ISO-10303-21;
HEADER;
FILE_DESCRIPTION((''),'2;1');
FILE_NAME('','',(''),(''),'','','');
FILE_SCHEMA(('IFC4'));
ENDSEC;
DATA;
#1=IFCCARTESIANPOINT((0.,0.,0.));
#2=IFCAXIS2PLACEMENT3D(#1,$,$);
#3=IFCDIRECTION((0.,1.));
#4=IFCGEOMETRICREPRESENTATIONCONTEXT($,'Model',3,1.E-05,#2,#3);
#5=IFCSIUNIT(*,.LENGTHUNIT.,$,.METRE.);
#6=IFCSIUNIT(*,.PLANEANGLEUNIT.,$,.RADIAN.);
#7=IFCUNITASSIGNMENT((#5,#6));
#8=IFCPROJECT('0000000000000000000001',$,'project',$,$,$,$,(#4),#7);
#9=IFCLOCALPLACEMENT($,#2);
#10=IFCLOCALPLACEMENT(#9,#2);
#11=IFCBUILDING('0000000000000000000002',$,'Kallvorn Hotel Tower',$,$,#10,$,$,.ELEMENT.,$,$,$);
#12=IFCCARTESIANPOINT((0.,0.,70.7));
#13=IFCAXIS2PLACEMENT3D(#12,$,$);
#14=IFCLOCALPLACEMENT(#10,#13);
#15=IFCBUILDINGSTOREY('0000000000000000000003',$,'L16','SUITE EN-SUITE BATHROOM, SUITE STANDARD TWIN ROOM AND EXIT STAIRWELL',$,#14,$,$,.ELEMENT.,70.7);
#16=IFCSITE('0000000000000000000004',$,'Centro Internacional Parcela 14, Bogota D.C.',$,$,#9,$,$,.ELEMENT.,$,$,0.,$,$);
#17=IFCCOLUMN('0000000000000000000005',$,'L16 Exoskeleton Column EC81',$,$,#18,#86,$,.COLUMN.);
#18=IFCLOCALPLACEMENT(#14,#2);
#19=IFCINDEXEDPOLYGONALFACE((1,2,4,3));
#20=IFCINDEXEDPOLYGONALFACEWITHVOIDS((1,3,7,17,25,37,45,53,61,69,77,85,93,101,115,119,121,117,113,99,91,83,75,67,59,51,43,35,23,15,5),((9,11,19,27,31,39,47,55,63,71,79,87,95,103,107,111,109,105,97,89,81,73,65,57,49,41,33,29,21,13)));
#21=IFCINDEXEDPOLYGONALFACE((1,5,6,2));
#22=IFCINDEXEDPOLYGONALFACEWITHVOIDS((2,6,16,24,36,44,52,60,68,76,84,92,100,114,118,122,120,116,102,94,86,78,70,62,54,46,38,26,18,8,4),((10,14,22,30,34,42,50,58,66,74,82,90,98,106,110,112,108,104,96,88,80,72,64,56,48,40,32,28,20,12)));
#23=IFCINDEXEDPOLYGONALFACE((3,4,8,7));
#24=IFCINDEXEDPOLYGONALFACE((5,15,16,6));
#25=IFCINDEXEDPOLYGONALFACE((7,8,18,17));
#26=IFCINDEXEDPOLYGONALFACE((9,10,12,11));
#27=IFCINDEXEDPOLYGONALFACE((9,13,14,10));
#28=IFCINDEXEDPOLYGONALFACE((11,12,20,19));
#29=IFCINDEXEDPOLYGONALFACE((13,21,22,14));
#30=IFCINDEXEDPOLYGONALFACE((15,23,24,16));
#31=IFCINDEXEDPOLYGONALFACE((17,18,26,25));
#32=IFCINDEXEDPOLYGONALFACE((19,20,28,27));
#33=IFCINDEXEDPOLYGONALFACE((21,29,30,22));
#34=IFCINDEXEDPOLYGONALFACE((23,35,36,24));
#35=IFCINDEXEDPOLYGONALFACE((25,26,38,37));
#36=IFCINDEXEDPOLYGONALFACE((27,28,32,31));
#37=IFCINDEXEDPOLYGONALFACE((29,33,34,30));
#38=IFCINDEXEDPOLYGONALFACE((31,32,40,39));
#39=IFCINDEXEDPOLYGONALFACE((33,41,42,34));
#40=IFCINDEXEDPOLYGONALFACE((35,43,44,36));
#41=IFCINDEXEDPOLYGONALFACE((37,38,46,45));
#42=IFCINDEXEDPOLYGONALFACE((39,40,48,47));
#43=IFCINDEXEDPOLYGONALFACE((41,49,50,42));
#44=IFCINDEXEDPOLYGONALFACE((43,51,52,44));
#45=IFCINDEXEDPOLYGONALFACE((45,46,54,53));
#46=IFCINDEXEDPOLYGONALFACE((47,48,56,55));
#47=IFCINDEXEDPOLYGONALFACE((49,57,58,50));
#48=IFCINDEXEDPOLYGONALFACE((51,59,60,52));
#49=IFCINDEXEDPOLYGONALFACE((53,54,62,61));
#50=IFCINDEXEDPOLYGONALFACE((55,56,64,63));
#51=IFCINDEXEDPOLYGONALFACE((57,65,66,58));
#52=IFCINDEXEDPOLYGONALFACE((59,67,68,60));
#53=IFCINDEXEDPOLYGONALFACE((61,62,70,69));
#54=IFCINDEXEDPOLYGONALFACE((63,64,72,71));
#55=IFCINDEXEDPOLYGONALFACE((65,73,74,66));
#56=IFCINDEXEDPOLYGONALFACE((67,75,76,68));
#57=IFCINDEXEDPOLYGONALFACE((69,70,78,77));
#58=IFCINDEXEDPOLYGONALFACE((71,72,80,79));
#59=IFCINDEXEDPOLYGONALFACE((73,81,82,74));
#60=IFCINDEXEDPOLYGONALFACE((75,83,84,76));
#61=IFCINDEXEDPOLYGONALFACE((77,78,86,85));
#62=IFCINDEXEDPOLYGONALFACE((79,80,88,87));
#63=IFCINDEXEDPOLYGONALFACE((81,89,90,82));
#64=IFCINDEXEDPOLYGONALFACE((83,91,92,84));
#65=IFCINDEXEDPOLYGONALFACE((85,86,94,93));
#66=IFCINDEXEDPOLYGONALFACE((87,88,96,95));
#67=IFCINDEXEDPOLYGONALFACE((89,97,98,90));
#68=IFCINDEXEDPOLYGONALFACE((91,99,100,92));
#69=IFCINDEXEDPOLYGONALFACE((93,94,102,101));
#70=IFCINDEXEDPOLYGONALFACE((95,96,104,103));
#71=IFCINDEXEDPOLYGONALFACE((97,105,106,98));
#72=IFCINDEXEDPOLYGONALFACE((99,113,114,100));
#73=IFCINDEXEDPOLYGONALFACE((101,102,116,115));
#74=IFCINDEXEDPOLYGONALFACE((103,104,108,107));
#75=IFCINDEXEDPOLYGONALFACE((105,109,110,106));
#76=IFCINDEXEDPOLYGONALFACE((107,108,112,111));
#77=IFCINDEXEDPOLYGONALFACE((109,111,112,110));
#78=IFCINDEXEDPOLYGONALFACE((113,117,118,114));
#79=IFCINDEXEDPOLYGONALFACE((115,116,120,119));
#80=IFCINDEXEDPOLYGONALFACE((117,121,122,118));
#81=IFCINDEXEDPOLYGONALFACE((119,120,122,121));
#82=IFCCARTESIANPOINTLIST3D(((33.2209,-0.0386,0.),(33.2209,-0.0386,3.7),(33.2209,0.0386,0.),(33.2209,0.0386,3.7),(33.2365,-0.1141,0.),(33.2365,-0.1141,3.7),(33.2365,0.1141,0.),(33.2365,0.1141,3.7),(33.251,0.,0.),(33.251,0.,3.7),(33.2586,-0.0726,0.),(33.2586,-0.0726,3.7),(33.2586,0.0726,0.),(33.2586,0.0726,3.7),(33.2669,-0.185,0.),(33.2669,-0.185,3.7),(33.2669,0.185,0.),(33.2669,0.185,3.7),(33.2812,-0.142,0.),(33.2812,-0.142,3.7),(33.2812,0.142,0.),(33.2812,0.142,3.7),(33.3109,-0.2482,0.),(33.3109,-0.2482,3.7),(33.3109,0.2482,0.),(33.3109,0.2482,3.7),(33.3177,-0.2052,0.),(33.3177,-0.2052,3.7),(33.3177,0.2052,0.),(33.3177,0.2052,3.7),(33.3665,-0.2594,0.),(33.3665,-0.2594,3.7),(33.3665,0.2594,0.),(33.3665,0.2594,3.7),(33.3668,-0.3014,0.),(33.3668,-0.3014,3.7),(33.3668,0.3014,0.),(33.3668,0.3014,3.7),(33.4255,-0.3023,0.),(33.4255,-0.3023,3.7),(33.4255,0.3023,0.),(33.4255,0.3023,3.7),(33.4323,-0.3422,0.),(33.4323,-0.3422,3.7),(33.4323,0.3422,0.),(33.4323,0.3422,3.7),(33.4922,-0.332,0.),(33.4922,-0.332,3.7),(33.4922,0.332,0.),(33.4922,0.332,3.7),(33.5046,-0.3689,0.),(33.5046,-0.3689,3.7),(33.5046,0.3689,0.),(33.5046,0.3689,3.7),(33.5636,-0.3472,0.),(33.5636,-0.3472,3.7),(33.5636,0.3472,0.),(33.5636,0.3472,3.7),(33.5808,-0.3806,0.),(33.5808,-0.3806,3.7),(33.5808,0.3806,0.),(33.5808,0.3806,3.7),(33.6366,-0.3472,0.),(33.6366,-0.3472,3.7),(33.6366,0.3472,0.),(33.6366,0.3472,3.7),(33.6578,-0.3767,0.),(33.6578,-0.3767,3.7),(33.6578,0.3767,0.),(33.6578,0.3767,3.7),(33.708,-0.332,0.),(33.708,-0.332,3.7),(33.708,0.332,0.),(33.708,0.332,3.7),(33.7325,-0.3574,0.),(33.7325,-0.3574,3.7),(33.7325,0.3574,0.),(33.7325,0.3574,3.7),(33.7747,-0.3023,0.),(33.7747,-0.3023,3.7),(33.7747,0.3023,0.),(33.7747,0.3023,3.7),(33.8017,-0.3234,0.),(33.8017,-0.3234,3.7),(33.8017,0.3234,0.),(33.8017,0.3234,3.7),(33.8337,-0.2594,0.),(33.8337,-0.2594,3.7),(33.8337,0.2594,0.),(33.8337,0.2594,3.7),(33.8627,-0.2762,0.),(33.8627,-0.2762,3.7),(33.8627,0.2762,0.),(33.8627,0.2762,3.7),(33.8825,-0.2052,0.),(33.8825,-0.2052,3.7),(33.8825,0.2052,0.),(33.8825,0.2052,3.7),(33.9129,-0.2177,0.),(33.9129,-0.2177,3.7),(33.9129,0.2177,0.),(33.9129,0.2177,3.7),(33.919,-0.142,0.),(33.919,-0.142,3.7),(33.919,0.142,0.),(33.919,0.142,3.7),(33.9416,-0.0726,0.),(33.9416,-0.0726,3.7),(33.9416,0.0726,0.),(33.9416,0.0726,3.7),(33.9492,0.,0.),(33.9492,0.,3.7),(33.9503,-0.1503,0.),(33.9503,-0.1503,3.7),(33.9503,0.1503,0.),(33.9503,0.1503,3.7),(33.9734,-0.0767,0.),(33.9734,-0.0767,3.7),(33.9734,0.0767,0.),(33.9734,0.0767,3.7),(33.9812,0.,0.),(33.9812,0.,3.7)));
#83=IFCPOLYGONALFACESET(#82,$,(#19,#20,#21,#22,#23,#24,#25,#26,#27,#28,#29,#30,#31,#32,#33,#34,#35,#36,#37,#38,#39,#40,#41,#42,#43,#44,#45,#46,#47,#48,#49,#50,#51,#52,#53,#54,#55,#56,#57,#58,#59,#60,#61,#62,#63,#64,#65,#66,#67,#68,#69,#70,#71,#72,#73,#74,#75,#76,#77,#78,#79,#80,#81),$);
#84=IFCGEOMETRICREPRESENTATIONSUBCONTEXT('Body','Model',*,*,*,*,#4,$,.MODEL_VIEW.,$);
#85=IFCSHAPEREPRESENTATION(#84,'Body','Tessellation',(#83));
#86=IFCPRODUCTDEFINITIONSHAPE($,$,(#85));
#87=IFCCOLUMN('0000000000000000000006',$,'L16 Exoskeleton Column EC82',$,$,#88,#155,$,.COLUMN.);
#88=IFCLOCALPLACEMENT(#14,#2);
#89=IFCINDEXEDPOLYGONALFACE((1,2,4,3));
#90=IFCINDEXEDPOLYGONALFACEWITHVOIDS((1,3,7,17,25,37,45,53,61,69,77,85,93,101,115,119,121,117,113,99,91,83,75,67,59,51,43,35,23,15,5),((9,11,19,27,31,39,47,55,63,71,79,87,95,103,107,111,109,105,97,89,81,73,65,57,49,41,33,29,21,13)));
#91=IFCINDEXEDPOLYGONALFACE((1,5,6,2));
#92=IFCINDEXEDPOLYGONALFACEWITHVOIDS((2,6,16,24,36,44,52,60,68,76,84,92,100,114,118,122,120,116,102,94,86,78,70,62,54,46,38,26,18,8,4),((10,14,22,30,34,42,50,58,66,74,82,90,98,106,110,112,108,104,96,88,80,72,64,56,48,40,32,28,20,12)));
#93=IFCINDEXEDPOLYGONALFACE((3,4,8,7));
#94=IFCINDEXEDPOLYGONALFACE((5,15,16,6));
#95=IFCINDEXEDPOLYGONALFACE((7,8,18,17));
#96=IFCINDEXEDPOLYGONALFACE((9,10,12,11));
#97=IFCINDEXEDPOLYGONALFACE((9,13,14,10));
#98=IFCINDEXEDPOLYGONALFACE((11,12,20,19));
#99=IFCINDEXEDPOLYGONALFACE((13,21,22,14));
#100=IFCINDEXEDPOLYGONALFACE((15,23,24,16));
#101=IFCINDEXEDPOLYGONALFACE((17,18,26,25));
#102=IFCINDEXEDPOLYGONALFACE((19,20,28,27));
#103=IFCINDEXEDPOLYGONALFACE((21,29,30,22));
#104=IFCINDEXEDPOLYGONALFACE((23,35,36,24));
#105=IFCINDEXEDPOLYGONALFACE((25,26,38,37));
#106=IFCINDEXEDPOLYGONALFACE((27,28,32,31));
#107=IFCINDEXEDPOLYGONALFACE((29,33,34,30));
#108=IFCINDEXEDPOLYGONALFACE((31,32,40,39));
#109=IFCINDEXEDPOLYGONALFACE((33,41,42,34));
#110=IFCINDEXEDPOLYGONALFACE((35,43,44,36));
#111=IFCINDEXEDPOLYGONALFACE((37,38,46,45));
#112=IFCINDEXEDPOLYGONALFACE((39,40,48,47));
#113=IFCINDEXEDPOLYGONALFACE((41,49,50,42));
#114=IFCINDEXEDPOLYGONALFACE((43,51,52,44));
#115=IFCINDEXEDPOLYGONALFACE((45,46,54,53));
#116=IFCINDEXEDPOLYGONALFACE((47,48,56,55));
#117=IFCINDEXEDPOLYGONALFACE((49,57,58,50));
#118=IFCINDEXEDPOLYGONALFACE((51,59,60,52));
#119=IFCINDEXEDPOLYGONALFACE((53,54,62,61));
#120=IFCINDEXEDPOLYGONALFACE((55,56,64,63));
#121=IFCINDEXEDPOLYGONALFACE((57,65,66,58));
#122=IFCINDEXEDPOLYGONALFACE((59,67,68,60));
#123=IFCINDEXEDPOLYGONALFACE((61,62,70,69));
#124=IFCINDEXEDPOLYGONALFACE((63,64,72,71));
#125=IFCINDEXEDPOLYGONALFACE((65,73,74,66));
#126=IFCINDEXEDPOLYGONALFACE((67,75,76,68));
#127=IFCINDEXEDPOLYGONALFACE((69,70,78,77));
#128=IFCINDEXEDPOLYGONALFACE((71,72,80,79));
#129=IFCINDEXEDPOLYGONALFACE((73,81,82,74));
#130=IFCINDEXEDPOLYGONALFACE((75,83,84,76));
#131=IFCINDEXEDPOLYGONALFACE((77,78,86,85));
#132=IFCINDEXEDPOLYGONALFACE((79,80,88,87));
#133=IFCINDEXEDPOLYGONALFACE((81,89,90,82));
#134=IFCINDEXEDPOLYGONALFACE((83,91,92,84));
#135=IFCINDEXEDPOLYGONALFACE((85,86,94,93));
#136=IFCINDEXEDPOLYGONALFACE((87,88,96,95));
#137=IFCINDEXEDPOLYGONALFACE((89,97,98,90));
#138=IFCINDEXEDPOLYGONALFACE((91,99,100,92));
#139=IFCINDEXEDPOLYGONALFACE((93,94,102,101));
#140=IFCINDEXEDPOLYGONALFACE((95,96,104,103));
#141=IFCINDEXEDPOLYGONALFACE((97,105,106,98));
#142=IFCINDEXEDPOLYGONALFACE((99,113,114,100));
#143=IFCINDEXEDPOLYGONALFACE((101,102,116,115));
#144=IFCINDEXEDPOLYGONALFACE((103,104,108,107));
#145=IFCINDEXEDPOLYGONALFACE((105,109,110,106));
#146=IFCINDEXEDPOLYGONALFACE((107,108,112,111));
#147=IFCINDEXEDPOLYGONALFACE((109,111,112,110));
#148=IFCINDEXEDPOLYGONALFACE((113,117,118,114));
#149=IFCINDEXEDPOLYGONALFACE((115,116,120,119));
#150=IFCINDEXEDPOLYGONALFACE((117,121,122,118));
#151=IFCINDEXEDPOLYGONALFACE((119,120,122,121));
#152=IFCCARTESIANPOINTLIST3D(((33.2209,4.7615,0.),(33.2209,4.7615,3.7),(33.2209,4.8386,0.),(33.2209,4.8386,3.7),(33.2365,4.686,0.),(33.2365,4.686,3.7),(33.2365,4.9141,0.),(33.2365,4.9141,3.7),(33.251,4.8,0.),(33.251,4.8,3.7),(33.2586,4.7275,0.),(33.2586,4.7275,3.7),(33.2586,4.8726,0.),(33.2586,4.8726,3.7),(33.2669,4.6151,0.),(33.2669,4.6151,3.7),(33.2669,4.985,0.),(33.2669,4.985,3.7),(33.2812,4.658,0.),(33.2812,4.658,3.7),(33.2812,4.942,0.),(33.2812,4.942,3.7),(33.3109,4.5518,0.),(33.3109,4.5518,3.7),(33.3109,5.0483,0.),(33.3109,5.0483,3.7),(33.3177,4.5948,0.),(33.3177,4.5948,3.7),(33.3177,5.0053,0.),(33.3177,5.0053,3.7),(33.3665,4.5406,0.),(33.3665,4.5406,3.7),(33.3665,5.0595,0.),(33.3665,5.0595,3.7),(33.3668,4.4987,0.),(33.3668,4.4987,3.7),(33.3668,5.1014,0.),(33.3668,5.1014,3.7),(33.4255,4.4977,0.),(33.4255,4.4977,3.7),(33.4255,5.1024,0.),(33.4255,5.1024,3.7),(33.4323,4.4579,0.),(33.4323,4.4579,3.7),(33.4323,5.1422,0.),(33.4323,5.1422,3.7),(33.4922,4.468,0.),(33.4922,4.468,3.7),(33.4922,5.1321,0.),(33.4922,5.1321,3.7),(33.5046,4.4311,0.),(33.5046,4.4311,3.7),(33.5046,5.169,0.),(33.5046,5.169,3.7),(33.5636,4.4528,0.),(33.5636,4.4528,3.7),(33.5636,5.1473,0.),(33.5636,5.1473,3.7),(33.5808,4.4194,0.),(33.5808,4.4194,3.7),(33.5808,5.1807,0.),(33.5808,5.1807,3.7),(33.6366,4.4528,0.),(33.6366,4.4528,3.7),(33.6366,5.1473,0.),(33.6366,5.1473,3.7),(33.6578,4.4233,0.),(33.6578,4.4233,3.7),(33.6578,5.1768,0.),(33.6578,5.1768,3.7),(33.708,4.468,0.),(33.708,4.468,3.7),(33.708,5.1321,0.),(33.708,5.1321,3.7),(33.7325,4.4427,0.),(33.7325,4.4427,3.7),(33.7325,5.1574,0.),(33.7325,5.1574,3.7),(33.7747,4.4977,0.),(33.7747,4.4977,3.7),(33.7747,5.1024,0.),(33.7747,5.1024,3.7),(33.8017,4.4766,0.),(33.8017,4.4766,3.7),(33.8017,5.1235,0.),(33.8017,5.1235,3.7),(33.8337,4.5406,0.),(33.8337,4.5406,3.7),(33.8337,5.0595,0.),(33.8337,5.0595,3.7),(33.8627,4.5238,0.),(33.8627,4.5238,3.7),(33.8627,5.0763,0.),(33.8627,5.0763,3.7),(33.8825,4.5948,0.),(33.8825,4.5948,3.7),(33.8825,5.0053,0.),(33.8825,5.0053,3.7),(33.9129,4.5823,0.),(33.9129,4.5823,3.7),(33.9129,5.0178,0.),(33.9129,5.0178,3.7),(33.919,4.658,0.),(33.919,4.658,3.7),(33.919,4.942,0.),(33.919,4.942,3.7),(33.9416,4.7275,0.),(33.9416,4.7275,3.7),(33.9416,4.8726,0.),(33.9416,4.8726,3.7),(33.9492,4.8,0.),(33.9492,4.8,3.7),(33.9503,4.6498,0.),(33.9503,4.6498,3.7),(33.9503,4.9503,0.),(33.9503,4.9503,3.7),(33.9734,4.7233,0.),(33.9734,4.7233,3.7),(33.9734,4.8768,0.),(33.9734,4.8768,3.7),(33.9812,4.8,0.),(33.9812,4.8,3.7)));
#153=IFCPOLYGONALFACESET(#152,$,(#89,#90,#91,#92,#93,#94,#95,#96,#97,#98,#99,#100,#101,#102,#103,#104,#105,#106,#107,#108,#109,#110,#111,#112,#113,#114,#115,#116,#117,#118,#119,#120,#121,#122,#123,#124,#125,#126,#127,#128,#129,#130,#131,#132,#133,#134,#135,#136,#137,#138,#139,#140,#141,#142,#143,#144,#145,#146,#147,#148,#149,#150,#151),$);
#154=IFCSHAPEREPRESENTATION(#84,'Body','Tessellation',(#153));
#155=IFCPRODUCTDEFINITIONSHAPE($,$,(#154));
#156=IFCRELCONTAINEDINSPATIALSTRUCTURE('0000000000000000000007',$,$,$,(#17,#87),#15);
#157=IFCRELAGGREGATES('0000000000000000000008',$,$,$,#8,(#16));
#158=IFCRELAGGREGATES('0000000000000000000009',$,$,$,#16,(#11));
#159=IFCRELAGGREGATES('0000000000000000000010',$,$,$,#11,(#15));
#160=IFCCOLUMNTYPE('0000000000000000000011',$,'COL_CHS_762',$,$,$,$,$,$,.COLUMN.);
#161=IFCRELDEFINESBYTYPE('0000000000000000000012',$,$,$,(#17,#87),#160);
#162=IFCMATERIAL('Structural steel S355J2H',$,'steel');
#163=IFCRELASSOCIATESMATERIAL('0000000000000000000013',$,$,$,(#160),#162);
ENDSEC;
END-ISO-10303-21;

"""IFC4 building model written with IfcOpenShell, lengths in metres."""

from ifc_helpers import new_model, si_unit, direction, frame, origin, origin_2d, place, context, subcontext, project, spatial, hollow_circle, extrude, material, material_profile, profile_set, type_object, element, save


model = new_model("IFC4")

# Units and contexts
model_context = context("Model", 3, precision=1e-05, world=origin(), true_north=direction((0.0, 1.0)))
body_context = subcontext(model_context, "Body", "Model", "MODEL_VIEW")
ifc_project = project(units=[si_unit("LENGTHUNIT", "METRE"), si_unit("PLANEANGLEUNIT", "RADIAN")], contexts=[model_context])

# Site, building, storey
site_placement = place(None, origin())
site = spatial("IfcSite", under=ifc_project, at=site_placement, Name="Centro Internacional Parcela 14, Bogota D.C.", CompositionType="ELEMENT", RefElevation=0.0)
building_placement = place(site_placement, origin())
building = spatial("IfcBuilding", under=site, at=building_placement, Name="Kallvorn Hotel Tower", CompositionType="ELEMENT")
storey_placement = place(building_placement, frame((0.0, 0.0, 70.7)))
storey = spatial("IfcBuildingStorey", under=building, at=storey_placement, Name="L16", Description="SUITE EN-SUITE BATHROOM, SUITE STANDARD TWIN ROOM AND EXIT STAIRWELL", CompositionType="ELEMENT", Elevation=70.7)

# Columns
ifc_material_1 = material(Name="Structural steel S355J2H", Category="steel")
ifc_material_profile_1 = material_profile(ifc_material_1, hollow_circle(Radius=0.3811, WallThickness=0.032, at=origin_2d()), Name="CHS 762x32")
ifc_profile_set_1 = profile_set([ifc_material_profile_1], Name="Structural steel S355J2H")
column_type_1 = type_object("IfcColumnType", Name="COL_CHS_762", PredefinedType="COLUMN", material=ifc_profile_set_1)
for number, where, z_axis, x_axis, name in (
    (1, (33.6001, 0.0, 0.0), (0.0, 0.0, 1.0), (1.0, 0.0, 0.0), "L16 Exoskeleton Column EC81"),
    (2, (33.6001, 4.8, 0.0), (0.0, 0.0, 1.0), (1.0, 0.0, 0.0), "L16 Exoskeleton Column EC82"),
):
    element("IfcColumn", number, at=place(storey_placement, frame(where, z_axis=z_axis, x_axis=x_axis)), inside=storey, type_object=column_type_1, Name=name, PredefinedType="COLUMN", context=body_context, shape_type="SweptSolid", body=[
        extrude(hollow_circle(Radius=0.3811, WallThickness=0.032, at=origin_2d()), origin(), (0.0, 0.0, 1.0), 3.7),
    ])

save(model, "model.ifc")
